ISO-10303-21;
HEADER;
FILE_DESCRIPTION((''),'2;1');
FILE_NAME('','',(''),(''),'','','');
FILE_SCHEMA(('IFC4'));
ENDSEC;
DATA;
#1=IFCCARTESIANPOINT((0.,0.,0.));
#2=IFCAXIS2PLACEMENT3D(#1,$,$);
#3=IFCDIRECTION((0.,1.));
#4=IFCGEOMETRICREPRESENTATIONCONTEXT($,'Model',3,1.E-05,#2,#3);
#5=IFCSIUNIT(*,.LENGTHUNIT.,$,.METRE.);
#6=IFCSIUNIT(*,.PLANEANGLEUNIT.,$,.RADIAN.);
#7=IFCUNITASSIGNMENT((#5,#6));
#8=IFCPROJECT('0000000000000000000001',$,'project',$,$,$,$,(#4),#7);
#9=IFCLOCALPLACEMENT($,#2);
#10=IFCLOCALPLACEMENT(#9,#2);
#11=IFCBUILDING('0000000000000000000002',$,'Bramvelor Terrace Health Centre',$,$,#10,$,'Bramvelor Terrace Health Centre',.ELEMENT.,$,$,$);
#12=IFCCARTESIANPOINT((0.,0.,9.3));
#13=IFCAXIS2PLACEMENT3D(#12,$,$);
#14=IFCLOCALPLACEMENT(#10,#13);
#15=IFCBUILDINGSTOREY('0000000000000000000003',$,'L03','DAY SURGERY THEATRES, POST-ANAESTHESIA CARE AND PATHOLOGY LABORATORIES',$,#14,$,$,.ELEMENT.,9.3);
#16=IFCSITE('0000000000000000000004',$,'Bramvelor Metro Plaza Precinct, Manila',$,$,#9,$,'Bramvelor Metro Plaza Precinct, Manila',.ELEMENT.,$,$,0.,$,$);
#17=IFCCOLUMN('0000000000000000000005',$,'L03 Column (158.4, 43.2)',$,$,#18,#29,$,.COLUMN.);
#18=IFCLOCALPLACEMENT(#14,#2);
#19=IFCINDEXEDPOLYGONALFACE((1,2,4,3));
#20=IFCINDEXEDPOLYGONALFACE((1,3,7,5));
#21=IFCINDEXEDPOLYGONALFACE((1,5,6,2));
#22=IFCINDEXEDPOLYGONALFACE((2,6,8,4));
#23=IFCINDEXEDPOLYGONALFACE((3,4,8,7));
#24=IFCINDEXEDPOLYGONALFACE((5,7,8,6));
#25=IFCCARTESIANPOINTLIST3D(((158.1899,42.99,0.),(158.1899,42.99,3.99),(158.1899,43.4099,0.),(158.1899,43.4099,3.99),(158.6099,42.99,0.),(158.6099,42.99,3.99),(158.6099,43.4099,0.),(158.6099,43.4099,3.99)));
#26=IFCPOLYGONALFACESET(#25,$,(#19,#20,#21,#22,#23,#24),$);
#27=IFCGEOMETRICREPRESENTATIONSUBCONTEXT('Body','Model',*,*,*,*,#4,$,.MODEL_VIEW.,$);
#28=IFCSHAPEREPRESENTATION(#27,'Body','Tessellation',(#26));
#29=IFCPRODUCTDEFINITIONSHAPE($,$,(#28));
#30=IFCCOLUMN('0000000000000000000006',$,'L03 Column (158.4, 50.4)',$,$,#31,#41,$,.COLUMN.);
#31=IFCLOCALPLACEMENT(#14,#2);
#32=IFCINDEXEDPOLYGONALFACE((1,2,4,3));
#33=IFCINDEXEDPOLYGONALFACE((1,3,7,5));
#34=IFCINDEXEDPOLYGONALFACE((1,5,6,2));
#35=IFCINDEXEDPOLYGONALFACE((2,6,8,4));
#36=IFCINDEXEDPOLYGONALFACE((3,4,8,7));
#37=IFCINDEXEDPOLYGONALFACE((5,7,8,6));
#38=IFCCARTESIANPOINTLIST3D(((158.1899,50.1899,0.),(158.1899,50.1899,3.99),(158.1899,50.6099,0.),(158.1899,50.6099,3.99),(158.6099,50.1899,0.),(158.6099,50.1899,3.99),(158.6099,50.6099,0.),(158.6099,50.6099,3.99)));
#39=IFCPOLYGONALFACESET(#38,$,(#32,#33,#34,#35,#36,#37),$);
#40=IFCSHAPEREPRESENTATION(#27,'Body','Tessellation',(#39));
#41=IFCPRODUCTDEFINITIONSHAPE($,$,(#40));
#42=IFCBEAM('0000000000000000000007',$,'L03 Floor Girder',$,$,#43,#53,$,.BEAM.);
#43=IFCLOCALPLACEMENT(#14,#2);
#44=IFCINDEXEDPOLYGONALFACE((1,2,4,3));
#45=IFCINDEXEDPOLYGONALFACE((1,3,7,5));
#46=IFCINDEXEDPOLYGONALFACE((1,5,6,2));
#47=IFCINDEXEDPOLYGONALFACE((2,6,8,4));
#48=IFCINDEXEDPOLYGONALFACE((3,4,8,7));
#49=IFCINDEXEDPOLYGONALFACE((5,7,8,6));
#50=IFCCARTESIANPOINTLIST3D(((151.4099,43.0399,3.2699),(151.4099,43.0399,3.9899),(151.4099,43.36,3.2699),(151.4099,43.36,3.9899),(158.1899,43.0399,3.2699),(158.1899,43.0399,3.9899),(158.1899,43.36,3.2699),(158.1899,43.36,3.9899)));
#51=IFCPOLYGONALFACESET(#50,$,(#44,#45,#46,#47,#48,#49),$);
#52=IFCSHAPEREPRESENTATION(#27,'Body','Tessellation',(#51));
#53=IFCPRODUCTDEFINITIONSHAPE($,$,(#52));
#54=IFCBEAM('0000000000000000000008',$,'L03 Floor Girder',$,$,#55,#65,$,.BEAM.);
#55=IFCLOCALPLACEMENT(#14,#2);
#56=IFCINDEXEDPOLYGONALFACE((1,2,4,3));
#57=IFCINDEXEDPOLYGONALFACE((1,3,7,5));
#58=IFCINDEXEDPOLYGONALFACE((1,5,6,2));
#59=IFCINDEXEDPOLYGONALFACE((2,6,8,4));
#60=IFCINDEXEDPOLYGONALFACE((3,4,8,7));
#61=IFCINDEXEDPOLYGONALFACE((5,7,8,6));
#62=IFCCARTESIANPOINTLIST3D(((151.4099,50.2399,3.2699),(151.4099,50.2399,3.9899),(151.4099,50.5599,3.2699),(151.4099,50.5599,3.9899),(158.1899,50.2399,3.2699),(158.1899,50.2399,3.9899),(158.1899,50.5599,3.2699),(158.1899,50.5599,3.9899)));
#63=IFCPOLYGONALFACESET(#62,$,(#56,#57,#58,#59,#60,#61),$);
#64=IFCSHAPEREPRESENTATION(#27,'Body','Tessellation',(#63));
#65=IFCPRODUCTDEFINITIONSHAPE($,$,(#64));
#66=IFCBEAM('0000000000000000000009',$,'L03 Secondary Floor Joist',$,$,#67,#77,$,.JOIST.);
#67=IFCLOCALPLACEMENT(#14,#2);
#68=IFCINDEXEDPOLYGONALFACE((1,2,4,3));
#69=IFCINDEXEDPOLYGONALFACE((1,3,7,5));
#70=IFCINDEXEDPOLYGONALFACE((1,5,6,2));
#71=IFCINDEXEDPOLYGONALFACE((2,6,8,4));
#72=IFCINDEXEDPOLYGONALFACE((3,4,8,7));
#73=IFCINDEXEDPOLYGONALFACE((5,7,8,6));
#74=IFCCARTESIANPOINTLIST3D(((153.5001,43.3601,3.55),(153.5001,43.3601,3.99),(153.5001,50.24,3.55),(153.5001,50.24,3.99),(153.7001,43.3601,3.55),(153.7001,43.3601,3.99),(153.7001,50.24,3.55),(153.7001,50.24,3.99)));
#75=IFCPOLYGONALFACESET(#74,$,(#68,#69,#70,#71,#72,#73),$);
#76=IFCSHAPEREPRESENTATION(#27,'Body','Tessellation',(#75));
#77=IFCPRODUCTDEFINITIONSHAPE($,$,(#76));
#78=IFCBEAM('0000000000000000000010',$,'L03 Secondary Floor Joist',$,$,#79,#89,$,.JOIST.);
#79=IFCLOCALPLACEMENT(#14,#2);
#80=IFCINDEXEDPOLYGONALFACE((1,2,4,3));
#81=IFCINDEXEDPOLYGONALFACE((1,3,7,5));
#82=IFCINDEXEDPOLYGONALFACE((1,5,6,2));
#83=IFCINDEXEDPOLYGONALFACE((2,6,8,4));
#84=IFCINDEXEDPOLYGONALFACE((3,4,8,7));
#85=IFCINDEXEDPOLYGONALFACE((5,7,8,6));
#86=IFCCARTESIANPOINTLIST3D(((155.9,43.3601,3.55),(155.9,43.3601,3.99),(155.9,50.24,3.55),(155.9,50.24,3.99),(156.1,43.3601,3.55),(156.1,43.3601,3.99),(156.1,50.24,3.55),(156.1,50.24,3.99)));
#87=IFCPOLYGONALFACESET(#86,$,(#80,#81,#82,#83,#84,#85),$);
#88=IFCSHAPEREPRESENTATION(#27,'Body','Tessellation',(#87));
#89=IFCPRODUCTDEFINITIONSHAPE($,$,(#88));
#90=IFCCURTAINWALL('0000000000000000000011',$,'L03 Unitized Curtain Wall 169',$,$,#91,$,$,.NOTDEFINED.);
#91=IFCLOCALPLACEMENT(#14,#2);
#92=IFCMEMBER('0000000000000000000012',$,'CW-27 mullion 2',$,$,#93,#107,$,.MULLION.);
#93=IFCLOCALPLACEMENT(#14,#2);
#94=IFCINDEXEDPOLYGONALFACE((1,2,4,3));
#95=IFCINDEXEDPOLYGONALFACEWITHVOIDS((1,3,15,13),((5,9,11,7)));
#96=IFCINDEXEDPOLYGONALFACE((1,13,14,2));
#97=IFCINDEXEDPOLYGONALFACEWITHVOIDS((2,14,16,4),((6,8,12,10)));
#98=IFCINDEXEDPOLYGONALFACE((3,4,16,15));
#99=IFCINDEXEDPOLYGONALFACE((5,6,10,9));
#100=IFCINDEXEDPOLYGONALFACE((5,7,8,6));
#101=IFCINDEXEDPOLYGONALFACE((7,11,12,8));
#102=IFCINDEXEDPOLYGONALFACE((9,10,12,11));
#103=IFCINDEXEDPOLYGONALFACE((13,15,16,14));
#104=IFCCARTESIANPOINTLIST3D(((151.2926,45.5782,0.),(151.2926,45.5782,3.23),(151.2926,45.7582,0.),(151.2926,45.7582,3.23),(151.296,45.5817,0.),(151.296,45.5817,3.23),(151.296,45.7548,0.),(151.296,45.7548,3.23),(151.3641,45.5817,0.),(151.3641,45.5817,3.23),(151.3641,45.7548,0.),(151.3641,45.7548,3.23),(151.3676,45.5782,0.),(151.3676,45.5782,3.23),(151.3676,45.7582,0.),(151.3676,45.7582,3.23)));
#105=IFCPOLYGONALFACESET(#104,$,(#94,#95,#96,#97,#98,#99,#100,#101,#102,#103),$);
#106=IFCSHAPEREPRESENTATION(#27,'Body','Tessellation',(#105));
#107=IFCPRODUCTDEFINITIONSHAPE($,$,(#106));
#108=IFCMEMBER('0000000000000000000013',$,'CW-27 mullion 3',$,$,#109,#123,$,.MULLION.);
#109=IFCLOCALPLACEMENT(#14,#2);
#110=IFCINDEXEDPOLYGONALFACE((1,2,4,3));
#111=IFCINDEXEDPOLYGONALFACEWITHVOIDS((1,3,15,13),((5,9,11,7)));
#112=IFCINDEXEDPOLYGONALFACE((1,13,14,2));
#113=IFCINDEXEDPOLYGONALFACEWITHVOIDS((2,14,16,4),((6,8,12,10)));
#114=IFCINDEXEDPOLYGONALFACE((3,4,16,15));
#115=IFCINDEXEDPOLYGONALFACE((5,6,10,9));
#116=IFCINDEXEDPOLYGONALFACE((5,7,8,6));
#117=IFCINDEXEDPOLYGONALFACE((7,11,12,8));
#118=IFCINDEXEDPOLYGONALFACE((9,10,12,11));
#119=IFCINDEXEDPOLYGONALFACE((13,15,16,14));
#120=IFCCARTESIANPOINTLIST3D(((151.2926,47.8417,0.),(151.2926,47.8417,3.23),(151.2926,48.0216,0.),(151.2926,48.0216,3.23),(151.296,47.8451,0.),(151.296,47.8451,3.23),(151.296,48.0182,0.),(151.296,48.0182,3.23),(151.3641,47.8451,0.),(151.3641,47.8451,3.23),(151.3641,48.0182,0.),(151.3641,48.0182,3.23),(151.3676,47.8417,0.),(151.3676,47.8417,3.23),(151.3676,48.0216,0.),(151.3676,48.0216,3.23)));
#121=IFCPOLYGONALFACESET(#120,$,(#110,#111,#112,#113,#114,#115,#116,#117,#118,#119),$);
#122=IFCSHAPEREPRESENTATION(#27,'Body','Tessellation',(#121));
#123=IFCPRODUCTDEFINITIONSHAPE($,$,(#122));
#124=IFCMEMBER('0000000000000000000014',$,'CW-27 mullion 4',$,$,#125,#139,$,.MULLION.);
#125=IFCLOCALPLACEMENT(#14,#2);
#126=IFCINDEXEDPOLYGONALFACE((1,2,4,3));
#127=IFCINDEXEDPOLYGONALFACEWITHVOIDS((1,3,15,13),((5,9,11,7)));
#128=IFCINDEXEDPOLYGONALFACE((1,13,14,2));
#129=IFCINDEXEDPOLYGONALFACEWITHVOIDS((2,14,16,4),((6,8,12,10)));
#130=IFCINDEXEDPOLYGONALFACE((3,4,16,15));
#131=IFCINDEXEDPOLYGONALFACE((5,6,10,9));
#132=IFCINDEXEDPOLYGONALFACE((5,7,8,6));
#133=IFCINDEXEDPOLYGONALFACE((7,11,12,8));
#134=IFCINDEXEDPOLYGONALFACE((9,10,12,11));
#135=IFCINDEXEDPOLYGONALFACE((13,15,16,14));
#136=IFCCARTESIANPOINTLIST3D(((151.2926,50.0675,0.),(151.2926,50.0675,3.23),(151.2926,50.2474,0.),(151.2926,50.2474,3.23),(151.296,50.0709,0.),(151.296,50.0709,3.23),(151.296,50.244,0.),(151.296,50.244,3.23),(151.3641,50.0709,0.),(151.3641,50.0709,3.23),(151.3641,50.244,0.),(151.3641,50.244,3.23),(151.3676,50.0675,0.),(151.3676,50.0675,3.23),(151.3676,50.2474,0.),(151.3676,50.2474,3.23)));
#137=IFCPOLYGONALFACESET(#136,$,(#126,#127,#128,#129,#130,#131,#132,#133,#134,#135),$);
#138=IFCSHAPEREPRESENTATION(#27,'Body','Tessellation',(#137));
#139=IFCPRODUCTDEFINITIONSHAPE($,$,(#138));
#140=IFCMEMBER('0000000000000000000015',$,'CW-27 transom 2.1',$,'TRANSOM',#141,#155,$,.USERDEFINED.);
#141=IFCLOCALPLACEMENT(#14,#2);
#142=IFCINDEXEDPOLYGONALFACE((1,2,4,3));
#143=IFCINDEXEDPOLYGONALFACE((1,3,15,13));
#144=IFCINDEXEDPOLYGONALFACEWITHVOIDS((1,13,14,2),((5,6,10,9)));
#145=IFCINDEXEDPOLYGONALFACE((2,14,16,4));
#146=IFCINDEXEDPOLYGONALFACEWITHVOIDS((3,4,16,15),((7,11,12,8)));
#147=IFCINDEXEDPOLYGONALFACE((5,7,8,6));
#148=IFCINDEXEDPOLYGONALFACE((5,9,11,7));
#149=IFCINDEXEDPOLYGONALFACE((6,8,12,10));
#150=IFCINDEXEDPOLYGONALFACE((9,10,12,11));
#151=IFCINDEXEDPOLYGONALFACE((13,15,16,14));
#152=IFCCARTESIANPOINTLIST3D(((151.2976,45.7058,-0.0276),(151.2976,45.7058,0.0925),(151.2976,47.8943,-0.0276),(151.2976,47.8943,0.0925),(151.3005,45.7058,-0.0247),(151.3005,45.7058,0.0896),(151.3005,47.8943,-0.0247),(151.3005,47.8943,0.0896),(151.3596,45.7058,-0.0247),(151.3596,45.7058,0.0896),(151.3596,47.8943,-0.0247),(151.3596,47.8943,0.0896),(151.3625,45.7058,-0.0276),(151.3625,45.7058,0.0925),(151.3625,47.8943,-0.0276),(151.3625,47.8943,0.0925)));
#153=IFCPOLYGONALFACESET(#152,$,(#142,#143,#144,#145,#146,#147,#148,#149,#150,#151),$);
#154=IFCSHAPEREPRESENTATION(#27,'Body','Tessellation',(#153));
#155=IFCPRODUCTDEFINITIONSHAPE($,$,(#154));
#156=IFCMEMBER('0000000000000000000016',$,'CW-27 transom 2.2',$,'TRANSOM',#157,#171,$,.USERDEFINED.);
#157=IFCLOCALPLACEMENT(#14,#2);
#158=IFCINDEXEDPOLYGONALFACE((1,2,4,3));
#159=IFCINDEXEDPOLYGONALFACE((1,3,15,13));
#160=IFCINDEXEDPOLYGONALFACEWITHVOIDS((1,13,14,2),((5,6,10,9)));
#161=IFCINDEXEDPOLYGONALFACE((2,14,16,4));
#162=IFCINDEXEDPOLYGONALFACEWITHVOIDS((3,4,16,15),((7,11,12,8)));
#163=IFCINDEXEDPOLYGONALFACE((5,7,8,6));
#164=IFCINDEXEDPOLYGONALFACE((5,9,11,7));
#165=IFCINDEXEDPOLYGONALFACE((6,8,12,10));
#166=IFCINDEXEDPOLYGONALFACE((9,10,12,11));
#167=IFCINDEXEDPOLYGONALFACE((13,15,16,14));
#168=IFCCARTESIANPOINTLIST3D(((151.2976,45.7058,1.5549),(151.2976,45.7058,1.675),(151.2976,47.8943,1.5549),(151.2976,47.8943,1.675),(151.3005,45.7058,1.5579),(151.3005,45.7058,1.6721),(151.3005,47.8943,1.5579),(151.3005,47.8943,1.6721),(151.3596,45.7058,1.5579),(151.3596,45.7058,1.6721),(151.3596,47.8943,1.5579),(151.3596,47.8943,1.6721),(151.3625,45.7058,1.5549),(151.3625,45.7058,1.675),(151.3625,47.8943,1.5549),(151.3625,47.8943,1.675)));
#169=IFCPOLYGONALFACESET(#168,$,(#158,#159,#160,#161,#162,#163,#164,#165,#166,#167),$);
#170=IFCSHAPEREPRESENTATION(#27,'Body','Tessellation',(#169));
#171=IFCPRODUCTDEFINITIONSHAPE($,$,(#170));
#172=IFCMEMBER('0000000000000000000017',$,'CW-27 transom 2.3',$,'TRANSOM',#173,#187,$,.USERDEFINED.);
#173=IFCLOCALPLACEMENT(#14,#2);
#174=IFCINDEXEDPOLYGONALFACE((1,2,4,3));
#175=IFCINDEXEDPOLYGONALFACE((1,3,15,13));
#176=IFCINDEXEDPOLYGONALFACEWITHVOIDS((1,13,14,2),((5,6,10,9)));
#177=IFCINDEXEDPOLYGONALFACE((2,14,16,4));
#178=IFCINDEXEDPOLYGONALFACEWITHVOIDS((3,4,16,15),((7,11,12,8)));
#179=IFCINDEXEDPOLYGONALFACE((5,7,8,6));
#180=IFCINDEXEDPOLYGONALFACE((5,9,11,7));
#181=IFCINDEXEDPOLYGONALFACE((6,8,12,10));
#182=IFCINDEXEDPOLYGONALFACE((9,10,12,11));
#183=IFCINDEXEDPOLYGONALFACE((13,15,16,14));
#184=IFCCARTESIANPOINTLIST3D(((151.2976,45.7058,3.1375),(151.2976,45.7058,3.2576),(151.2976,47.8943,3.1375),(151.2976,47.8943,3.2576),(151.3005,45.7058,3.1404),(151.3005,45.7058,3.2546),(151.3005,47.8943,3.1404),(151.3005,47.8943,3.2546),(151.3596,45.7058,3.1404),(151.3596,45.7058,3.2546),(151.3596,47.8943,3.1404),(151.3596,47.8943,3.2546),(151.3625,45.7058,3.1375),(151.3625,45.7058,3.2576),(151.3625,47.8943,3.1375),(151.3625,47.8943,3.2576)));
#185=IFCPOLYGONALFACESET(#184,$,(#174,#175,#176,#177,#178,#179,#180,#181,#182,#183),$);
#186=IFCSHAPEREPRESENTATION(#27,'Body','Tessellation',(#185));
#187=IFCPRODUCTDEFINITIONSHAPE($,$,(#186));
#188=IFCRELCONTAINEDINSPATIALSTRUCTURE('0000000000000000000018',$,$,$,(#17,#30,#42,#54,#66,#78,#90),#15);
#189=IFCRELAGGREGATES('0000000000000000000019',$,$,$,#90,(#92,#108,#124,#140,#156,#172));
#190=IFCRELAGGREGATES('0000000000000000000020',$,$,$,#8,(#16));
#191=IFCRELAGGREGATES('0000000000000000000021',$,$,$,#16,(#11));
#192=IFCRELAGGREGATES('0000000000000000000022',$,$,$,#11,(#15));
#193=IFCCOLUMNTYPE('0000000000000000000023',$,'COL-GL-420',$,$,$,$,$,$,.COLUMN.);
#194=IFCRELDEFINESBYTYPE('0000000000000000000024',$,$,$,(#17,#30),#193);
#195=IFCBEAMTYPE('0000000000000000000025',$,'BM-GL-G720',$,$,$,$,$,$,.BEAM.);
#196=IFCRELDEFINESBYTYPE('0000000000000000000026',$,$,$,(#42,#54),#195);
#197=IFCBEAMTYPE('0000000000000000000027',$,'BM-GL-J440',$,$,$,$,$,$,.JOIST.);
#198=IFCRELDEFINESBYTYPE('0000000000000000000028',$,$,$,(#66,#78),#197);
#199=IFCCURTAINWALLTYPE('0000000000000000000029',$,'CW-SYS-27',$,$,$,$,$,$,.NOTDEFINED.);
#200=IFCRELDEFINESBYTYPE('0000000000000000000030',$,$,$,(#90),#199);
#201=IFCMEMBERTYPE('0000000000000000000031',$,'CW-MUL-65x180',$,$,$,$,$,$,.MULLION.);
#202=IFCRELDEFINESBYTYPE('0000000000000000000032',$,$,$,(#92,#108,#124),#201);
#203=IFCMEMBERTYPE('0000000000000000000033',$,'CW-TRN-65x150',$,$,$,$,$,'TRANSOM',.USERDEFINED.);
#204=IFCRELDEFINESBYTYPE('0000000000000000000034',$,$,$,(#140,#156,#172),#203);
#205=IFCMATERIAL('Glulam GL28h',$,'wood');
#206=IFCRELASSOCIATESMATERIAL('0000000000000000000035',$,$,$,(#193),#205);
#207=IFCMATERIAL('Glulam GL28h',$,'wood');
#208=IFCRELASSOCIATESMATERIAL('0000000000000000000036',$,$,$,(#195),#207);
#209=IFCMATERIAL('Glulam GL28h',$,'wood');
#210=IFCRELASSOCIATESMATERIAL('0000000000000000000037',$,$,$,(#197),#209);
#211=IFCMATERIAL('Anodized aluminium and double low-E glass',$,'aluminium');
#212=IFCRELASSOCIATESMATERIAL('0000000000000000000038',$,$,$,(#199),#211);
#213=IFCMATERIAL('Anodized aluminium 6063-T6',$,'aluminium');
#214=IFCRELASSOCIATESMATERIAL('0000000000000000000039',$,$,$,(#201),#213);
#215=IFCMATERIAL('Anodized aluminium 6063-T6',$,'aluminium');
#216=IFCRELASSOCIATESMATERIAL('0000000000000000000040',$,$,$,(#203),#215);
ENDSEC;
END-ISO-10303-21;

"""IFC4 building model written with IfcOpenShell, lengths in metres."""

from ifc_helpers import new_model, si_unit, direction, frame, origin, origin_2d, place, context, subcontext, project, spatial, rectangle, hollow_rectangle, extrude, material, material_profile, profile_set, type_object, element, aggregate, save


model = new_model("IFC4")

# Units and contexts
model_context = context("Model", 3, precision=1e-05, world=origin(), true_north=direction((0.0, 1.0)))
body_context = subcontext(model_context, "Body", "Model", "MODEL_VIEW")
ifc_project = project(units=[si_unit("LENGTHUNIT", "METRE"), si_unit("PLANEANGLEUNIT", "RADIAN")], contexts=[model_context])

# Site, building, storey
site_placement = place(None, origin())
site = spatial("IfcSite", under=ifc_project, at=site_placement, Name="Bramvelor Metro Plaza Precinct, Manila", LongName="Bramvelor Metro Plaza Precinct, Manila", CompositionType="ELEMENT", RefElevation=0.0)
building_placement = place(site_placement, origin())
building = spatial("IfcBuilding", under=site, at=building_placement, Name="Bramvelor Terrace Health Centre", LongName="Bramvelor Terrace Health Centre", CompositionType="ELEMENT")
storey_placement = place(building_placement, frame((0.0, 0.0, 9.3)))
storey = spatial("IfcBuildingStorey", under=building, at=storey_placement, Name="L03", Description="DAY SURGERY THEATRES, POST-ANAESTHESIA CARE AND PATHOLOGY LABORATORIES", CompositionType="ELEMENT", Elevation=9.3)

# Columns
ifc_material_1 = material(Name="Glulam GL28h", Category="wood")
ifc_material_profile_1 = material_profile(ifc_material_1, rectangle(XDim=0.4199, YDim=0.4199, at=origin_2d()), Name="GL 420x420")
ifc_profile_set_1 = profile_set([ifc_material_profile_1], Name="Glulam GL28h")
column_type = type_object("IfcColumnType", Name="COL-GL-420", PredefinedType="COLUMN", material=ifc_profile_set_1)
for number, where, z_axis, x_axis, name in (
    (1, (158.3999, 43.2, 0.0), (0.0, 0.0, 1.0), (1.0, 0.0, 0.0), "L03 Column (158.4, 43.2)"),
    (2, (158.3999, 50.3999, 0.0), (0.0, 0.0, 1.0), (1.0, 0.0, 0.0), "L03 Column (158.4, 50.4)"),
):
    element("IfcColumn", number, at=place(storey_placement, frame(where, z_axis=z_axis, x_axis=x_axis)), inside=storey, type_object=column_type, Name=name, PredefinedType="COLUMN", context=body_context, shape_type="SweptSolid", body=[
        extrude(rectangle(XDim=0.4199, YDim=0.4199, at=origin_2d()), origin(), (0.0, 0.0, 1.0), 3.99),
    ])

# Beams
ifc_material_2 = material(Name="Glulam GL28h", Category="wood")
ifc_material_profile_2 = material_profile(ifc_material_2, rectangle(XDim=0.3201, YDim=0.72, at=origin_2d()), Name="GL 320x720")
ifc_profile_set_2 = profile_set([ifc_material_profile_2], Name="Glulam GL28h")
beam_type_1 = type_object("IfcBeamType", Name="BM-GL-G720", PredefinedType="BEAM", material=ifc_profile_set_2)
for number, where, z_axis, x_axis, name in (
    (3, (151.4099, 43.2, 3.6299), (1.0, 0.0, 0.0), (0.0, 1.0, 0.0), "L03 Floor Girder"),
    (4, (151.4099, 50.3999, 3.6299), (1.0, 0.0, 0.0), (0.0, 1.0, 0.0), "L03 Floor Girder"),
):
    element("IfcBeam", number, at=place(storey_placement, frame(where, z_axis=z_axis, x_axis=x_axis)), inside=storey, type_object=beam_type_1, Name=name, PredefinedType="BEAM", context=body_context, shape_type="SweptSolid", body=[
        extrude(rectangle(XDim=0.3201, YDim=0.72, at=origin_2d()), origin(), (0.0, 0.0, 1.0), 6.78),
    ])
ifc_material_3 = material(Name="Glulam GL28h", Category="wood")
ifc_material_profile_3 = material_profile(ifc_material_3, rectangle(XDim=0.2, YDim=0.4399, at=origin_2d()), Name="GL 200x440")
ifc_profile_set_3 = profile_set([ifc_material_profile_3], Name="Glulam GL28h")
beam_type_2 = type_object("IfcBeamType", Name="BM-GL-J440", PredefinedType="JOIST", material=ifc_profile_set_3)
for number, where, z_axis, x_axis, name in (
    (5, (153.6001, 43.3601, 3.77), (0.0, 1.0, 0.0), (-1.0, 0.0, 0.0), "L03 Secondary Floor Joist"),
    (6, (156.0, 43.3601, 3.77), (0.0, 1.0, 0.0), (-1.0, 0.0, 0.0), "L03 Secondary Floor Joist"),
):
    element("IfcBeam", number, at=place(storey_placement, frame(where, z_axis=z_axis, x_axis=x_axis)), inside=storey, type_object=beam_type_2, Name=name, PredefinedType="JOIST", context=body_context, shape_type="SweptSolid", body=[
        extrude(rectangle(XDim=0.2, YDim=0.4399, at=origin_2d()), origin(), (0.0, 0.0, 1.0), 6.8799),
    ])

# Curtain wall, members
ifc_material_4 = material(Name="Anodized aluminium and double low-E glass", Category="aluminium")
curtain_wall_type = type_object("IfcCurtainWallType", Name="CW-SYS-27", PredefinedType="NOTDEFINED", material=ifc_material_4)
curtain_wall_placement = place(storey_placement, origin())
curtain_wall = element("IfcCurtainWall", 7, at=curtain_wall_placement, inside=storey, type_object=curtain_wall_type, Name="L03 Unitized Curtain Wall 169", PredefinedType="NOTDEFINED")
ifc_material_5 = material(Name="Anodized aluminium 6063-T6", Category="aluminium")
ifc_material_profile_4 = material_profile(ifc_material_5, hollow_rectangle(XDim=0.075, YDim=0.1799, WallThickness=0.0034, at=origin_2d()), Name="ALU-MUL 75x180x3.5")
ifc_profile_set_4 = profile_set([ifc_material_profile_4], Name="Anodized aluminium 6063-T6")
member_type_1 = type_object("IfcMemberType", Name="CW-MUL-65x180", PredefinedType="MULLION", material=ifc_profile_set_4)
member_1_placement = place(storey_placement, frame((151.3301, 45.6682, 0.0), z_axis=(0.0, 0.0, 1.0), x_axis=(-1.0, 0.0, 0.0)))
member_1 = element("IfcMember", 8, at=member_1_placement, type_object=member_type_1, Name="CW-27 mullion 2", PredefinedType="MULLION", context=body_context, shape_type="SweptSolid", body=[
    extrude(hollow_rectangle(XDim=0.075, YDim=0.1799, WallThickness=0.0034, at=origin_2d()), origin(), (0.0, 0.0, 1.0), 3.23),
])
member_2_placement = place(storey_placement, frame((151.3301, 47.9316, 0.0), z_axis=(0.0, 0.0, 1.0), x_axis=(-1.0, 0.0, 0.0)))
member_2 = element("IfcMember", 9, at=member_2_placement, type_object=member_type_1, Name="CW-27 mullion 3", PredefinedType="MULLION", context=body_context, shape_type="SweptSolid", body=[
    extrude(hollow_rectangle(XDim=0.075, YDim=0.1799, WallThickness=0.0034, at=origin_2d()), origin(), (0.0, 0.0, 1.0), 3.23),
])
member_3_placement = place(storey_placement, frame((151.3301, 50.1575, 0.0), z_axis=(0.0, 0.0, 1.0), x_axis=(-1.0, 0.0, 0.0)))
member_3 = element("IfcMember", 10, at=member_3_placement, type_object=member_type_1, Name="CW-27 mullion 4", PredefinedType="MULLION", context=body_context, shape_type="SweptSolid", body=[
    extrude(hollow_rectangle(XDim=0.075, YDim=0.1799, WallThickness=0.0034, at=origin_2d()), origin(), (0.0, 0.0, 1.0), 3.23),
])
ifc_material_6 = material(Name="Anodized aluminium 6063-T6", Category="aluminium")
ifc_material_profile_5 = material_profile(ifc_material_6, hollow_rectangle(XDim=0.0649, YDim=0.1201, WallThickness=0.0029, at=origin_2d()), Name="ALU-TRN 65x120x3.0")
ifc_profile_set_5 = profile_set([ifc_material_profile_5], Name="Anodized aluminium 6063-T6")
member_type_2 = type_object("IfcMemberType", Name="CW-TRN-65x150", ElementType="TRANSOM", PredefinedType="USERDEFINED", material=ifc_profile_set_5)
member_4_placement = place(storey_placement, frame((151.3301, 45.7058, 0.0325), z_axis=(0.0, 1.0, 0.0), x_axis=(-1.0, 0.0, 0.0)))
member_4 = element("IfcMember", 11, at=member_4_placement, type_object=member_type_2, Name="CW-27 transom 2.1", ObjectType="TRANSOM", PredefinedType="USERDEFINED", context=body_context, shape_type="SweptSolid", body=[
    extrude(hollow_rectangle(XDim=0.0649, YDim=0.1201, WallThickness=0.0029, at=origin_2d()), origin(), (0.0, 0.0, 1.0), 2.1885),
])
member_5_placement = place(storey_placement, frame((151.3301, 45.7058, 1.615), z_axis=(0.0, 1.0, 0.0), x_axis=(-1.0, 0.0, 0.0)))
member_5 = element("IfcMember", 12, at=member_5_placement, type_object=member_type_2, Name="CW-27 transom 2.2", ObjectType="TRANSOM", PredefinedType="USERDEFINED", context=body_context, shape_type="SweptSolid", body=[
    extrude(hollow_rectangle(XDim=0.0649, YDim=0.1201, WallThickness=0.0029, at=origin_2d()), origin(), (0.0, 0.0, 1.0), 2.1885),
])
member_6_placement = place(storey_placement, frame((151.3301, 45.7058, 3.1975), z_axis=(0.0, 1.0, 0.0), x_axis=(-1.0, 0.0, 0.0)))
member_6 = element("IfcMember", 13, at=member_6_placement, type_object=member_type_2, Name="CW-27 transom 2.3", ObjectType="TRANSOM", PredefinedType="USERDEFINED", context=body_context, shape_type="SweptSolid", body=[
    extrude(hollow_rectangle(XDim=0.0649, YDim=0.1201, WallThickness=0.0029, at=origin_2d()), origin(), (0.0, 0.0, 1.0), 2.1885),
])
aggregate(curtain_wall, [member_1, member_2, member_3, member_4, member_5, member_6])

save(model, "model.ifc")
